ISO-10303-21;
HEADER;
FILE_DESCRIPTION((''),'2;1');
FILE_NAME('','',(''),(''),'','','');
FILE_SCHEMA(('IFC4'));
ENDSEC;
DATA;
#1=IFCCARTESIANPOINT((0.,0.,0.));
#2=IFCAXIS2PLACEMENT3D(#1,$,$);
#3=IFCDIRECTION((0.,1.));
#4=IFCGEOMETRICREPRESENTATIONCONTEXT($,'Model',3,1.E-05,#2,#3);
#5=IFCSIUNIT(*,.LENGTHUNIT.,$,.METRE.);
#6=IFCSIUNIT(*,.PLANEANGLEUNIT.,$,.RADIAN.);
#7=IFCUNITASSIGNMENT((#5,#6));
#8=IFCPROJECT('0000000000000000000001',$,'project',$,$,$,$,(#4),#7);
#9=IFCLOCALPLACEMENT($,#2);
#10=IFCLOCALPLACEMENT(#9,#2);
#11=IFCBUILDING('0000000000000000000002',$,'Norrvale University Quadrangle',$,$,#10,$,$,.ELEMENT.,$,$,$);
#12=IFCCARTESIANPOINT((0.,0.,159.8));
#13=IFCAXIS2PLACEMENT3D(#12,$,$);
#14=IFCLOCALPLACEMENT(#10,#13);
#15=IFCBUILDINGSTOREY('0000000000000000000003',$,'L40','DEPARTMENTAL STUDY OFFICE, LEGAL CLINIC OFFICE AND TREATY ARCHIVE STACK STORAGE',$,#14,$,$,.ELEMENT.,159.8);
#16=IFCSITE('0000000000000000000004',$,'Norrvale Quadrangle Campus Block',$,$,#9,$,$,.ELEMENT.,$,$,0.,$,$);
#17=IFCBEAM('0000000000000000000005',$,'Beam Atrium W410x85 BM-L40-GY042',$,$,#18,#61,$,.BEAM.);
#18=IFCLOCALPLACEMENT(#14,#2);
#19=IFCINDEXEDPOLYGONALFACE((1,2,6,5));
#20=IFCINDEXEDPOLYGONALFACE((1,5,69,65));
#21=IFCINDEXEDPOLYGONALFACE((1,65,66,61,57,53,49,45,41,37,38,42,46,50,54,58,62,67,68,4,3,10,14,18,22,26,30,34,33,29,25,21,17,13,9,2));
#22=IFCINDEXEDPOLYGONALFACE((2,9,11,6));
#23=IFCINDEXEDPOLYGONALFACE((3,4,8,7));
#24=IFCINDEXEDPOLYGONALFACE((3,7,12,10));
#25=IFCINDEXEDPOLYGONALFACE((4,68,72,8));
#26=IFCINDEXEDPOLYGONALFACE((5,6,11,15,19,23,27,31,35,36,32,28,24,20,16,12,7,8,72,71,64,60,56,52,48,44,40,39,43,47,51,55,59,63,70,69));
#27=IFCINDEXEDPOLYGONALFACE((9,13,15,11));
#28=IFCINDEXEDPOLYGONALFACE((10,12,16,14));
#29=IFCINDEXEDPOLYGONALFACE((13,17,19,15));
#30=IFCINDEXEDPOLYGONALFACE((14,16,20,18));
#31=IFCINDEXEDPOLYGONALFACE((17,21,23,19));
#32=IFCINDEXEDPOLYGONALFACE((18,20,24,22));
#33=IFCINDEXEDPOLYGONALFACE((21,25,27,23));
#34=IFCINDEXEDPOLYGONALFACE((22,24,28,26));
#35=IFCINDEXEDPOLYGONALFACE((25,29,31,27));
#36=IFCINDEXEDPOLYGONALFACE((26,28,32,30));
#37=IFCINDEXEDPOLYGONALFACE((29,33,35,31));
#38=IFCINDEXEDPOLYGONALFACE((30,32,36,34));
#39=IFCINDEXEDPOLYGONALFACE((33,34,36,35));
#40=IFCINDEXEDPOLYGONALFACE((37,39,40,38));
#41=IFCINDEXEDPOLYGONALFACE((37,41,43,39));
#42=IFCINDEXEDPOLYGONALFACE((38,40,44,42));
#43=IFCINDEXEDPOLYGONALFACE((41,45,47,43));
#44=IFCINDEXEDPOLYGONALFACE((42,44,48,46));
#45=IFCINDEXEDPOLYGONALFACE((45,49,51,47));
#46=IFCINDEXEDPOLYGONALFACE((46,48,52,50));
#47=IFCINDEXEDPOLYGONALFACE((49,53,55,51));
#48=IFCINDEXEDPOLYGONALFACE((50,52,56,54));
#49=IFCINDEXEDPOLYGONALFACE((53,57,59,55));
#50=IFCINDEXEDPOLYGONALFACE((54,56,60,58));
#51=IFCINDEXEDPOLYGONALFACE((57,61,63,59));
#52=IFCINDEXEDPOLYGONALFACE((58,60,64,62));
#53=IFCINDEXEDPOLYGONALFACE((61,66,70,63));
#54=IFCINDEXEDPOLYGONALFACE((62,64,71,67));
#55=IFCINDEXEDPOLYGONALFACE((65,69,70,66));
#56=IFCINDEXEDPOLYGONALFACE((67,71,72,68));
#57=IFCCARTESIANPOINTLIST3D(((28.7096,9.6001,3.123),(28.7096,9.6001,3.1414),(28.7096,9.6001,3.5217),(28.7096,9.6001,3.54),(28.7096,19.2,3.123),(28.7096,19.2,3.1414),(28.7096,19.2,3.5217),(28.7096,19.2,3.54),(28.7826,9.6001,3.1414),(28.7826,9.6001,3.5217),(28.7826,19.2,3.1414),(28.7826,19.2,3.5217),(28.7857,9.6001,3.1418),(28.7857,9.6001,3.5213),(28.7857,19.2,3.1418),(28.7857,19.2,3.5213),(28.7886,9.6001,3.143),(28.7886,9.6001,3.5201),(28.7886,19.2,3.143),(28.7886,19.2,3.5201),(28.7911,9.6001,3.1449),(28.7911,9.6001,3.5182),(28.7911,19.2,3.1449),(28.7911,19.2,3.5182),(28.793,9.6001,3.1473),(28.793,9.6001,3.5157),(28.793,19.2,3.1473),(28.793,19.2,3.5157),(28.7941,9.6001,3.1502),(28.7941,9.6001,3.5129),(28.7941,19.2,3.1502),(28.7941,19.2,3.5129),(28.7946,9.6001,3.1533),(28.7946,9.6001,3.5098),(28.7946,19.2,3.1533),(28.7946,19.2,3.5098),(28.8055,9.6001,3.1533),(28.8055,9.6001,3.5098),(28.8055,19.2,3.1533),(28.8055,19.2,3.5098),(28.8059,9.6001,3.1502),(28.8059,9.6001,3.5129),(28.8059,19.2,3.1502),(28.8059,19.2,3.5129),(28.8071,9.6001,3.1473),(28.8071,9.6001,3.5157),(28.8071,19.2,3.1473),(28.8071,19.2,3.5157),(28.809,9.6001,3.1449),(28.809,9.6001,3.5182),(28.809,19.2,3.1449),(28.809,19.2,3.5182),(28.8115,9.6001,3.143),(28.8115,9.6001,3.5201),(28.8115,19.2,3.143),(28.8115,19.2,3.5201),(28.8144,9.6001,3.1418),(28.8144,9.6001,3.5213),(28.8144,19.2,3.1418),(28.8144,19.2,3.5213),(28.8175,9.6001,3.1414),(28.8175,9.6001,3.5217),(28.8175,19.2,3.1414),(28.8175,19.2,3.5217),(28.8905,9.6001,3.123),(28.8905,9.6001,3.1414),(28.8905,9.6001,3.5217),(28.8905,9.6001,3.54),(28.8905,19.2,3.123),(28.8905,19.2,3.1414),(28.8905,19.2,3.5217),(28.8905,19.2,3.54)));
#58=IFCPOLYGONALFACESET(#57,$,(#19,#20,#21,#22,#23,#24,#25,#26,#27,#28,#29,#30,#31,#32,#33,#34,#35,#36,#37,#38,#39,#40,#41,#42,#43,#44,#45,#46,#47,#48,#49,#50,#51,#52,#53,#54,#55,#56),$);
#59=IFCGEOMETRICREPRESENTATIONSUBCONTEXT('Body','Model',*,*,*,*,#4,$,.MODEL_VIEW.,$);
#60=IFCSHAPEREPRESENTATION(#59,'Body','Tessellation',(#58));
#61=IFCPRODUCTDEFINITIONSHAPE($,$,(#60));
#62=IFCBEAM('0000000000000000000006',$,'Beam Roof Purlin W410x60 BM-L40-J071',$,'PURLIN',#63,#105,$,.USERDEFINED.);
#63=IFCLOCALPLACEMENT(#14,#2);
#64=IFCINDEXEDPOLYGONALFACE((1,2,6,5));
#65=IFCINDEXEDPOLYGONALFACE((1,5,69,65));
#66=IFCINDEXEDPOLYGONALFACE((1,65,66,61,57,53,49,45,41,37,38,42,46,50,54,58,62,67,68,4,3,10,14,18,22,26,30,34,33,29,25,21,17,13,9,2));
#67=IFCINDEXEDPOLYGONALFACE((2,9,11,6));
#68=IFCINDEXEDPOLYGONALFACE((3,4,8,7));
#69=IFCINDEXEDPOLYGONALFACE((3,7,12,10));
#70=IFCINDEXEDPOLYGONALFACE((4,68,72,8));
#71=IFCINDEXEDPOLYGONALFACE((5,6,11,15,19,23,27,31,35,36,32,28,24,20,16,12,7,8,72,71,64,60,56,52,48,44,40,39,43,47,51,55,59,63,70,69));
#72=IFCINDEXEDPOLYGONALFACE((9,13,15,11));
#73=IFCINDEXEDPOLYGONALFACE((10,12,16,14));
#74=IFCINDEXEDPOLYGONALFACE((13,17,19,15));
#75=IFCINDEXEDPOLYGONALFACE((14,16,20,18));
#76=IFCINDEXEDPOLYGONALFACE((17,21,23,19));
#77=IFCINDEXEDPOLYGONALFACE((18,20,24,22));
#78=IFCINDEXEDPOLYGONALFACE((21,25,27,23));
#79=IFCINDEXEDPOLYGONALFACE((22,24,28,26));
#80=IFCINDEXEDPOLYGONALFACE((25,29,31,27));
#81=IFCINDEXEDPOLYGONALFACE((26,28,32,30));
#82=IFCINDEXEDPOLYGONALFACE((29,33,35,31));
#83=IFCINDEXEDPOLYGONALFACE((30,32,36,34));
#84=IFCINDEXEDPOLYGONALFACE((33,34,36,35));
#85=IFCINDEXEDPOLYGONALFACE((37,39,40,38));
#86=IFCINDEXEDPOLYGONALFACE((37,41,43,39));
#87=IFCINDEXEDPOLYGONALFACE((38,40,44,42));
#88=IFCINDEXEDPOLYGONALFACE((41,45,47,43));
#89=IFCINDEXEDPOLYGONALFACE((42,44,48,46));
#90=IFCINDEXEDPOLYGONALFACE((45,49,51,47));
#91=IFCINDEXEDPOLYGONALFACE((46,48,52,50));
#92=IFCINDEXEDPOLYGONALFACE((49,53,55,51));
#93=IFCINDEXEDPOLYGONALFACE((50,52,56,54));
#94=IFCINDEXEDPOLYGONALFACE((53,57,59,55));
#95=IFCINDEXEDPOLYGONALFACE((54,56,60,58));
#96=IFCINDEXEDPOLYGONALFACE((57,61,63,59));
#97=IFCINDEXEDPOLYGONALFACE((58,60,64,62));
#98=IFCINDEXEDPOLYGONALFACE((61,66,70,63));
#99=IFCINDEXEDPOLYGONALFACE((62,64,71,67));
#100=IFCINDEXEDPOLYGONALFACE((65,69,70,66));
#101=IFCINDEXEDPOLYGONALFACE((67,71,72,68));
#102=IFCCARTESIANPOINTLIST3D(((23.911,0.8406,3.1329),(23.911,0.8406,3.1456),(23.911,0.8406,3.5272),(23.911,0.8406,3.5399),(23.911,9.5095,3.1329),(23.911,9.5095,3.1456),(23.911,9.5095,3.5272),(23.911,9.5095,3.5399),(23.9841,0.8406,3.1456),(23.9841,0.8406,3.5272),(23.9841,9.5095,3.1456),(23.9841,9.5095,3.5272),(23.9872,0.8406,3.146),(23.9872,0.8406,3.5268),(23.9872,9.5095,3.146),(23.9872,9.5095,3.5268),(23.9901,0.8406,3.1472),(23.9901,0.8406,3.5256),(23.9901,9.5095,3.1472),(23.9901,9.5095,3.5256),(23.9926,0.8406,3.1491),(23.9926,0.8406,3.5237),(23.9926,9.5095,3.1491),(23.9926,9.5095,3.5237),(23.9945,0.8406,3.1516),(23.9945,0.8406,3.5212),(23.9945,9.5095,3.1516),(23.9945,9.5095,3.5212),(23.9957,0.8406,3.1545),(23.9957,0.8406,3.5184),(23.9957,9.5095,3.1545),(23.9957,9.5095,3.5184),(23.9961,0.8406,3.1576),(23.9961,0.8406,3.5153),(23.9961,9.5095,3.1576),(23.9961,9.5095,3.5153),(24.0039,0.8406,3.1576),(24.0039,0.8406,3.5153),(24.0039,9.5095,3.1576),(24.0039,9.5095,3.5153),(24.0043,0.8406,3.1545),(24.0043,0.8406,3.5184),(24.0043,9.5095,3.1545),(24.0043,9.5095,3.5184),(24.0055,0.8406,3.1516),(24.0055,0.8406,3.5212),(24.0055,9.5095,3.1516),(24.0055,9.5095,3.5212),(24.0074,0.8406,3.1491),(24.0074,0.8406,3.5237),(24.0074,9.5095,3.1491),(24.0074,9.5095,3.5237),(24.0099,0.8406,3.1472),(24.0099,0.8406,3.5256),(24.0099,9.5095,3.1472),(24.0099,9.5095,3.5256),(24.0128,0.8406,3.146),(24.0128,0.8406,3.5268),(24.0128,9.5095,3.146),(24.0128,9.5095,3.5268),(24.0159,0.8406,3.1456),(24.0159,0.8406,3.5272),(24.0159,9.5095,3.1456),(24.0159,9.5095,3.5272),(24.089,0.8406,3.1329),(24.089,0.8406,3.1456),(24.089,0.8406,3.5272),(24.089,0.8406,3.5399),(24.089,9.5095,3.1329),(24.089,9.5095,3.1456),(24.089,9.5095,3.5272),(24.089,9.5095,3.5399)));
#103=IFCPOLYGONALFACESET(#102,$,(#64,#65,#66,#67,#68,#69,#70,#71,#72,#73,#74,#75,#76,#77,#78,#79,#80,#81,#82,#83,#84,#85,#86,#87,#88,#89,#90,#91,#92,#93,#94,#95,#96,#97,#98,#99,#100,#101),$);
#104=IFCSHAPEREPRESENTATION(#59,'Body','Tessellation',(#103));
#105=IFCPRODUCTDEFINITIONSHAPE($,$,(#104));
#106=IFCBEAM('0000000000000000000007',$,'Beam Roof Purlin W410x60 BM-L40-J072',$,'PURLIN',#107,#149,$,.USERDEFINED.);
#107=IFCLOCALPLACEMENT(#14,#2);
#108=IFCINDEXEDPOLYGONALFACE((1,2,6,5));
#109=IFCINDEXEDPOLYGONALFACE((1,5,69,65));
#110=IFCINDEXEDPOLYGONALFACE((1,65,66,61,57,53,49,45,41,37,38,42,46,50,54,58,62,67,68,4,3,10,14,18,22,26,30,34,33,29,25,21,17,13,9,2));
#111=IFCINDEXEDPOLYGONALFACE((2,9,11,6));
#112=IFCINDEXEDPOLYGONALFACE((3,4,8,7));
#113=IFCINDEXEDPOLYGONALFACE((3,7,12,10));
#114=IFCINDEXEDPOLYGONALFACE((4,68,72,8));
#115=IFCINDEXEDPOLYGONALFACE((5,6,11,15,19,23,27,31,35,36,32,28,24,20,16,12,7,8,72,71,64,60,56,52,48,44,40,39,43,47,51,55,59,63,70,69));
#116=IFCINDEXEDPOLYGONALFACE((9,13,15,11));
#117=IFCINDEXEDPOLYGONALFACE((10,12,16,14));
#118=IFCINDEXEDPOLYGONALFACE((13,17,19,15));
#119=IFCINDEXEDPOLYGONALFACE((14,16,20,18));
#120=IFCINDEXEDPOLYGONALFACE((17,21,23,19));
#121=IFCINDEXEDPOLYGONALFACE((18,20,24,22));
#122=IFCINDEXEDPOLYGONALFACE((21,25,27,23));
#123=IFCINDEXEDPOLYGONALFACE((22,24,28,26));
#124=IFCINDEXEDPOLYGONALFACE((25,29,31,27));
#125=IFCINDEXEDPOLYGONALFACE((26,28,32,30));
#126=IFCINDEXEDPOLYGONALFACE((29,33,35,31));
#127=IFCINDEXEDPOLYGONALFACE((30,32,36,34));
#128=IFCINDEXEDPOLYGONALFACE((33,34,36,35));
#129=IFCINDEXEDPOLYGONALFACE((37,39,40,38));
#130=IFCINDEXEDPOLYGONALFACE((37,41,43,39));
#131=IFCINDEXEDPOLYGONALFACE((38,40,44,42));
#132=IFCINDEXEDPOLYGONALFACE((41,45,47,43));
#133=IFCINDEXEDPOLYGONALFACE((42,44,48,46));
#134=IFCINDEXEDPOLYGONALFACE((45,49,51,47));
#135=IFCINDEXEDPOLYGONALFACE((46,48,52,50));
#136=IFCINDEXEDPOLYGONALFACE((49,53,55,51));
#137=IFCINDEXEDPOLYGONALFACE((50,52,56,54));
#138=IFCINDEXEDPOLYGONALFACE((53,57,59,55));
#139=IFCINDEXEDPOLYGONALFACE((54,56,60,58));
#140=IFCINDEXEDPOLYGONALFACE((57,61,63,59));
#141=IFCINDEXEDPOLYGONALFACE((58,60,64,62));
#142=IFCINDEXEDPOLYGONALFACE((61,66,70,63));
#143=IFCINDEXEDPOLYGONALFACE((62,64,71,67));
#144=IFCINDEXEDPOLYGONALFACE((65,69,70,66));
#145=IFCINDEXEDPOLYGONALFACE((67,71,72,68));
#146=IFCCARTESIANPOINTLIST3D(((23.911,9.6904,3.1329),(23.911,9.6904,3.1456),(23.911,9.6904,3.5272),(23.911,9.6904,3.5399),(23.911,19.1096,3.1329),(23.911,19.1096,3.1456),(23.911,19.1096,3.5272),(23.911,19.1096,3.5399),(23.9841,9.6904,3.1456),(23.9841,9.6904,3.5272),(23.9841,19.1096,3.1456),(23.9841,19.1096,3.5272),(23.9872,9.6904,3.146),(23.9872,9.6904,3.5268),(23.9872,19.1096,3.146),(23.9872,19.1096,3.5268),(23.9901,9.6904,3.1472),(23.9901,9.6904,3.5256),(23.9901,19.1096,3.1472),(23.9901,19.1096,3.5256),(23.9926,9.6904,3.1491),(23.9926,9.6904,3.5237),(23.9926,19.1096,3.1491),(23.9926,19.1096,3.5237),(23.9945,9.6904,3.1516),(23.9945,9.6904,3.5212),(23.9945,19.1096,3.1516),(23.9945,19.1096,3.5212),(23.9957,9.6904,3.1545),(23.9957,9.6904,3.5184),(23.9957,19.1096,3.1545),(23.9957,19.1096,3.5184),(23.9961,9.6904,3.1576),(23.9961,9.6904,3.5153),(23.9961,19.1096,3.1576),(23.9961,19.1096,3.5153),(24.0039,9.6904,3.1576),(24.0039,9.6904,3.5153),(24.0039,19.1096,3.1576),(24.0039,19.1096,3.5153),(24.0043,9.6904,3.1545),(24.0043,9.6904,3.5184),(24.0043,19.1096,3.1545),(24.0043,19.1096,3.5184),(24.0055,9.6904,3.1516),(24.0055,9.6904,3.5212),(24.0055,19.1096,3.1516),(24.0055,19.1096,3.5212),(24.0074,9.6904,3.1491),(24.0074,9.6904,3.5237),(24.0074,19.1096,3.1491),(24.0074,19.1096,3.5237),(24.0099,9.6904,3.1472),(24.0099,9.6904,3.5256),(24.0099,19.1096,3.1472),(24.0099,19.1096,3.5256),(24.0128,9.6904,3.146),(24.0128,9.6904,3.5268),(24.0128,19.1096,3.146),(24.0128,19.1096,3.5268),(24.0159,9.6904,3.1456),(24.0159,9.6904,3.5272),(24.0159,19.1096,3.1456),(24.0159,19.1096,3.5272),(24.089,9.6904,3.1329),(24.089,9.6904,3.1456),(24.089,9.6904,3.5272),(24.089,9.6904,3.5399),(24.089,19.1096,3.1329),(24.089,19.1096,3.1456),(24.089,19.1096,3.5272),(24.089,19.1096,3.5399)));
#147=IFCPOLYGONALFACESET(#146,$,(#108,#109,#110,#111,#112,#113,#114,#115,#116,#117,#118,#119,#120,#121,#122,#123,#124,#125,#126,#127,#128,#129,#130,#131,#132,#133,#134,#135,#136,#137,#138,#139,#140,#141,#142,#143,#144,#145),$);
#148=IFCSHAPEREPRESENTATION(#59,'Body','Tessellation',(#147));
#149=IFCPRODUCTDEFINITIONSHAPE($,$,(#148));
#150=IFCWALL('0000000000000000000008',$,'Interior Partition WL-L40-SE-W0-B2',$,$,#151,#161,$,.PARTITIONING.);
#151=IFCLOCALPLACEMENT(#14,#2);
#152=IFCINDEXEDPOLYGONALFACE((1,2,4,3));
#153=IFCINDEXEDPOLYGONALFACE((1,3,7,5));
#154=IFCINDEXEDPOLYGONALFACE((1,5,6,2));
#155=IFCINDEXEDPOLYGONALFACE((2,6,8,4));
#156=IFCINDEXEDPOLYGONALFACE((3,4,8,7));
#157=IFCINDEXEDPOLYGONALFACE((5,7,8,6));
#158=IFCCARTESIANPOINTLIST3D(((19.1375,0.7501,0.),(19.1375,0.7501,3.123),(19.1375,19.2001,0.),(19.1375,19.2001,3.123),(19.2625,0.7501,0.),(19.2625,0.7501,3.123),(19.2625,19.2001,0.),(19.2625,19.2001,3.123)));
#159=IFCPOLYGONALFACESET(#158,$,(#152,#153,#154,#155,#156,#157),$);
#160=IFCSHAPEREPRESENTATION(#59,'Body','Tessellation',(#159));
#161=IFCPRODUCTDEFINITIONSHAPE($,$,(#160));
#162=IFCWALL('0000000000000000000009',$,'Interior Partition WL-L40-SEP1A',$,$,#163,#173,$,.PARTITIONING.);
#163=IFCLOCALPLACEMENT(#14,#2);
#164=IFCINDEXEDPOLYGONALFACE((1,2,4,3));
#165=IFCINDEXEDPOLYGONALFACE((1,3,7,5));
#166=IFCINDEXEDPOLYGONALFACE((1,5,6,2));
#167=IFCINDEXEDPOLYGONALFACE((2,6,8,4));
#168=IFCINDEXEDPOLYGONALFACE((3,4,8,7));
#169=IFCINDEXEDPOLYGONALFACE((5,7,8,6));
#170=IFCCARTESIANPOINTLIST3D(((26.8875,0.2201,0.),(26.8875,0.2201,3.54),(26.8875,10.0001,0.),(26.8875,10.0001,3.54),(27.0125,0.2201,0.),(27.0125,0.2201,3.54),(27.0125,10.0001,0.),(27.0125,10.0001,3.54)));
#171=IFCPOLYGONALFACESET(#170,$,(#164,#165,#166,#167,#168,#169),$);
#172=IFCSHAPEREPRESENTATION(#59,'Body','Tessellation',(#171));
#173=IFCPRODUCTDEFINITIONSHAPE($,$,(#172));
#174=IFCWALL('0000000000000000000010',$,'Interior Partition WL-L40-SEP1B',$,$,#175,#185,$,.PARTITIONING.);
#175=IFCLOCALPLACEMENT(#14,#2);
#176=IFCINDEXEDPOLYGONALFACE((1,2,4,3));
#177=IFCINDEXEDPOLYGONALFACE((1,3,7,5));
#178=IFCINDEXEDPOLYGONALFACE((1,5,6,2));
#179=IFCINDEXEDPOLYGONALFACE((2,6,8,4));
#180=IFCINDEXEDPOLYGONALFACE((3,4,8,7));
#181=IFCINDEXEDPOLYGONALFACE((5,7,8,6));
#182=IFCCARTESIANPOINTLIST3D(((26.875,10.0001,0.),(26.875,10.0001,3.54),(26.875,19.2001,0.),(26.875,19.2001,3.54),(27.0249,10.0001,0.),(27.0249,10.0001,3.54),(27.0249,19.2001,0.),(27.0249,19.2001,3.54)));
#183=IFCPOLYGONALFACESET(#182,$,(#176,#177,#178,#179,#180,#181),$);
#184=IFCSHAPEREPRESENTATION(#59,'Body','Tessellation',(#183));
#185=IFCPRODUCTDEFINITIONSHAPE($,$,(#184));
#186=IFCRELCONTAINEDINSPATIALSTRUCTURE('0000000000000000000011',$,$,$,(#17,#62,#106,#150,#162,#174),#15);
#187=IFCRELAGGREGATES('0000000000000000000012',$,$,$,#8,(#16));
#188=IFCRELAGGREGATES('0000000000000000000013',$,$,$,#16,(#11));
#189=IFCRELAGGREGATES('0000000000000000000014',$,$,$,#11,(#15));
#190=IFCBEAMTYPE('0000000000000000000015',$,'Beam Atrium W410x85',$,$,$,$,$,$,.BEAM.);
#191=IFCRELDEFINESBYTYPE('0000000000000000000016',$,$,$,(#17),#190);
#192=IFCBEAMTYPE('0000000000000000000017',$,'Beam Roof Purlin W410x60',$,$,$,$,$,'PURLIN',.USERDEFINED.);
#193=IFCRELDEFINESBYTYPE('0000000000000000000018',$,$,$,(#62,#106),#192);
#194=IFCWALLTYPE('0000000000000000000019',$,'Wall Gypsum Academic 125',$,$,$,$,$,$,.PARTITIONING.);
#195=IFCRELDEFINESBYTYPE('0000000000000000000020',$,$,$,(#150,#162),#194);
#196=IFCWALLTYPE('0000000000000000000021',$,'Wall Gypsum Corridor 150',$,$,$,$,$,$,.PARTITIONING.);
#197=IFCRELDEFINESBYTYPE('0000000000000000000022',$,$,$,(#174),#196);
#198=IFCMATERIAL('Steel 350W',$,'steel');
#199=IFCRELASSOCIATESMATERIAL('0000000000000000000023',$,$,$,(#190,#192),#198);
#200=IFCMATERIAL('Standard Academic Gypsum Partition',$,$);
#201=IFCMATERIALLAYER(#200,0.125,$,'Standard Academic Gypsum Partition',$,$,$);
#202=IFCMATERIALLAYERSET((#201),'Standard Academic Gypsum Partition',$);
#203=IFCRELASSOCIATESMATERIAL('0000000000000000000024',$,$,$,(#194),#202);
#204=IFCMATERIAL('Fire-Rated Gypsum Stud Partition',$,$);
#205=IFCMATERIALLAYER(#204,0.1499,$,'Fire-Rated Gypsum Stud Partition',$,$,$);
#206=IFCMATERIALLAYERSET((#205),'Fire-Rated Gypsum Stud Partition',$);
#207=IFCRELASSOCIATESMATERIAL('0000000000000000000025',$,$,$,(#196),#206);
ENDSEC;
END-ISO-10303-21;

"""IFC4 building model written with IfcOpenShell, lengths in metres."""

from ifc_helpers import new_model, si_unit, direction, frame, frame_2d, origin, origin_2d, place, context, subcontext, project, spatial, rectangle, i_section, extrude, material, layer, layer_set, material_profile, profile_set, type_object, element, save


model = new_model("IFC4")

# Units and contexts
model_context = context("Model", 3, precision=1e-05, world=origin(), true_north=direction((0.0, 1.0)))
body_context = subcontext(model_context, "Body", "Model", "MODEL_VIEW")
ifc_project = project(units=[si_unit("LENGTHUNIT", "METRE"), si_unit("PLANEANGLEUNIT", "RADIAN")], contexts=[model_context])

# Site, building, storey
site_placement = place(None, origin())
site = spatial("IfcSite", under=ifc_project, at=site_placement, Name="Norrvale Quadrangle Campus Block", CompositionType="ELEMENT", RefElevation=0.0)
building_placement = place(site_placement, origin())
building = spatial("IfcBuilding", under=site, at=building_placement, Name="Norrvale University Quadrangle", CompositionType="ELEMENT")
storey_placement = place(building_placement, frame((0.0, 0.0, 159.8)))
storey = spatial("IfcBuildingStorey", under=building, at=storey_placement, Name="L40", Description="DEPARTMENTAL STUDY OFFICE, LEGAL CLINIC OFFICE AND TREATY ARCHIVE STACK STORAGE", CompositionType="ELEMENT", Elevation=159.8)

# Beams
ifc_material_1 = material(Name="Steel 350W", Category="steel")
ifc_material_profile_1 = material_profile(ifc_material_1, i_section(OverallWidth=0.1809, OverallDepth=0.417, WebThickness=0.011, FlangeThickness=0.0183, FilletRadius=0.012, at=origin_2d()), Name="Steel 350W")
ifc_profile_set_1 = profile_set([ifc_material_profile_1], Name="Steel 350W")
beam_type_1 = type_object("IfcBeamType", Name="Beam Atrium W410x85", PredefinedType="BEAM", material=ifc_profile_set_1)
beam_1_placement = place(storey_placement, frame((28.8, 9.6001, 3.3315), z_axis=(0.0, 1.0, 0.0), x_axis=(-1.0, 0.0, 0.0)))
element("IfcBeam", 1, at=beam_1_placement, inside=storey, type_object=beam_type_1, Name="Beam Atrium W410x85 BM-L40-GY042", PredefinedType="BEAM", context=body_context, shape_type="SweptSolid", body=[
    extrude(i_section(OverallWidth=0.1809, OverallDepth=0.417, WebThickness=0.011, FlangeThickness=0.0183, FilletRadius=0.012, at=origin_2d()), origin(), (0.0, 0.0, 1.0), 9.5999),
])
ifc_material_profile_2 = material_profile(ifc_material_1, i_section(OverallWidth=0.178, OverallDepth=0.407, WebThickness=0.0078, FlangeThickness=0.0127, FilletRadius=0.012, at=origin_2d()), Name="Steel 350W")
ifc_profile_set_2 = profile_set([ifc_material_profile_2], Name="Steel 350W")
beam_type_2 = type_object("IfcBeamType", Name="Beam Roof Purlin W410x60", ElementType="PURLIN", PredefinedType="USERDEFINED", material=ifc_profile_set_2)
beam_2_placement = place(storey_placement, frame((24.0, 0.8406, 3.3364), z_axis=(0.0, 1.0, 0.0), x_axis=(-1.0, 0.0, 0.0)))
element("IfcBeam", 2, at=beam_2_placement, inside=storey, type_object=beam_type_2, Name="Beam Roof Purlin W410x60 BM-L40-J071", ObjectType="PURLIN", PredefinedType="USERDEFINED", context=body_context, shape_type="SweptSolid", body=[
    extrude(i_section(OverallWidth=0.178, OverallDepth=0.407, WebThickness=0.0078, FlangeThickness=0.0127, FilletRadius=0.012, at=origin_2d()), origin(), (0.0, 0.0, 1.0), 8.6689),
])
beam_3_placement = place(storey_placement, frame((24.0, 9.6904, 3.3364), z_axis=(0.0, 1.0, 0.0), x_axis=(-1.0, 0.0, 0.0)))
element("IfcBeam", 3, at=beam_3_placement, inside=storey, type_object=beam_type_2, Name="Beam Roof Purlin W410x60 BM-L40-J072", ObjectType="PURLIN", PredefinedType="USERDEFINED", context=body_context, shape_type="SweptSolid", body=[
    extrude(i_section(OverallWidth=0.178, OverallDepth=0.407, WebThickness=0.0078, FlangeThickness=0.0127, FilletRadius=0.012, at=origin_2d()), origin(), (0.0, 0.0, 1.0), 9.4192),
])

# Walls
ifc_material_2 = material(Name="Standard Academic Gypsum Partition")
ifc_layer_1 = layer(ifc_material_2, 0.125, Name="Standard Academic Gypsum Partition")
ifc_layer_set_1 = layer_set([ifc_layer_1], Name="Standard Academic Gypsum Partition")
wall_type_1 = type_object("IfcWallType", Name="Wall Gypsum Academic 125", PredefinedType="PARTITIONING", material=ifc_layer_set_1)
wall_1_placement = place(storey_placement, frame((19.2, 0.75, 0.0), z_axis=(0.0, 0.0, 1.0), x_axis=(0.0, 1.0, 0.0)))
element("IfcWall", 4, at=wall_1_placement, inside=storey, type_object=wall_type_1, Name="Interior Partition WL-L40-SE-W0-B2", PredefinedType="PARTITIONING", context=body_context, shape_type="SweptSolid", body=[
    extrude(rectangle(XDim=18.45, YDim=0.125, at=frame_2d((9.2251, 0.0))), origin(), (0.0, 0.0, 1.0), 3.123),
])
wall_2_placement = place(storey_placement, frame((26.95, 0.22, 0.0), z_axis=(0.0, 0.0, 1.0), x_axis=(0.0, 1.0, 0.0)))
element("IfcWall", 5, at=wall_2_placement, inside=storey, type_object=wall_type_1, Name="Interior Partition WL-L40-SEP1A", PredefinedType="PARTITIONING", context=body_context, shape_type="SweptSolid", body=[
    extrude(rectangle(XDim=9.78, YDim=0.125, at=frame_2d((4.8901, 0.0))), origin(), (0.0, 0.0, 1.0), 3.54),
])
ifc_material_3 = material(Name="Fire-Rated Gypsum Stud Partition")
ifc_layer_2 = layer(ifc_material_3, 0.1499, Name="Fire-Rated Gypsum Stud Partition")
ifc_layer_set_2 = layer_set([ifc_layer_2], Name="Fire-Rated Gypsum Stud Partition")
wall_type_2 = type_object("IfcWallType", Name="Wall Gypsum Corridor 150", PredefinedType="PARTITIONING", material=ifc_layer_set_2)
wall_3_placement = place(storey_placement, frame((26.95, 10.0, 0.0), z_axis=(0.0, 0.0, 1.0), x_axis=(0.0, 1.0, 0.0)))
element("IfcWall", 6, at=wall_3_placement, inside=storey, type_object=wall_type_2, Name="Interior Partition WL-L40-SEP1B", PredefinedType="PARTITIONING", context=body_context, shape_type="SweptSolid", body=[
    extrude(rectangle(XDim=9.2, YDim=0.1499, at=frame_2d((4.6001, 0.0))), origin(), (0.0, 0.0, 1.0), 3.54),
])

save(model, "model.ifc")
